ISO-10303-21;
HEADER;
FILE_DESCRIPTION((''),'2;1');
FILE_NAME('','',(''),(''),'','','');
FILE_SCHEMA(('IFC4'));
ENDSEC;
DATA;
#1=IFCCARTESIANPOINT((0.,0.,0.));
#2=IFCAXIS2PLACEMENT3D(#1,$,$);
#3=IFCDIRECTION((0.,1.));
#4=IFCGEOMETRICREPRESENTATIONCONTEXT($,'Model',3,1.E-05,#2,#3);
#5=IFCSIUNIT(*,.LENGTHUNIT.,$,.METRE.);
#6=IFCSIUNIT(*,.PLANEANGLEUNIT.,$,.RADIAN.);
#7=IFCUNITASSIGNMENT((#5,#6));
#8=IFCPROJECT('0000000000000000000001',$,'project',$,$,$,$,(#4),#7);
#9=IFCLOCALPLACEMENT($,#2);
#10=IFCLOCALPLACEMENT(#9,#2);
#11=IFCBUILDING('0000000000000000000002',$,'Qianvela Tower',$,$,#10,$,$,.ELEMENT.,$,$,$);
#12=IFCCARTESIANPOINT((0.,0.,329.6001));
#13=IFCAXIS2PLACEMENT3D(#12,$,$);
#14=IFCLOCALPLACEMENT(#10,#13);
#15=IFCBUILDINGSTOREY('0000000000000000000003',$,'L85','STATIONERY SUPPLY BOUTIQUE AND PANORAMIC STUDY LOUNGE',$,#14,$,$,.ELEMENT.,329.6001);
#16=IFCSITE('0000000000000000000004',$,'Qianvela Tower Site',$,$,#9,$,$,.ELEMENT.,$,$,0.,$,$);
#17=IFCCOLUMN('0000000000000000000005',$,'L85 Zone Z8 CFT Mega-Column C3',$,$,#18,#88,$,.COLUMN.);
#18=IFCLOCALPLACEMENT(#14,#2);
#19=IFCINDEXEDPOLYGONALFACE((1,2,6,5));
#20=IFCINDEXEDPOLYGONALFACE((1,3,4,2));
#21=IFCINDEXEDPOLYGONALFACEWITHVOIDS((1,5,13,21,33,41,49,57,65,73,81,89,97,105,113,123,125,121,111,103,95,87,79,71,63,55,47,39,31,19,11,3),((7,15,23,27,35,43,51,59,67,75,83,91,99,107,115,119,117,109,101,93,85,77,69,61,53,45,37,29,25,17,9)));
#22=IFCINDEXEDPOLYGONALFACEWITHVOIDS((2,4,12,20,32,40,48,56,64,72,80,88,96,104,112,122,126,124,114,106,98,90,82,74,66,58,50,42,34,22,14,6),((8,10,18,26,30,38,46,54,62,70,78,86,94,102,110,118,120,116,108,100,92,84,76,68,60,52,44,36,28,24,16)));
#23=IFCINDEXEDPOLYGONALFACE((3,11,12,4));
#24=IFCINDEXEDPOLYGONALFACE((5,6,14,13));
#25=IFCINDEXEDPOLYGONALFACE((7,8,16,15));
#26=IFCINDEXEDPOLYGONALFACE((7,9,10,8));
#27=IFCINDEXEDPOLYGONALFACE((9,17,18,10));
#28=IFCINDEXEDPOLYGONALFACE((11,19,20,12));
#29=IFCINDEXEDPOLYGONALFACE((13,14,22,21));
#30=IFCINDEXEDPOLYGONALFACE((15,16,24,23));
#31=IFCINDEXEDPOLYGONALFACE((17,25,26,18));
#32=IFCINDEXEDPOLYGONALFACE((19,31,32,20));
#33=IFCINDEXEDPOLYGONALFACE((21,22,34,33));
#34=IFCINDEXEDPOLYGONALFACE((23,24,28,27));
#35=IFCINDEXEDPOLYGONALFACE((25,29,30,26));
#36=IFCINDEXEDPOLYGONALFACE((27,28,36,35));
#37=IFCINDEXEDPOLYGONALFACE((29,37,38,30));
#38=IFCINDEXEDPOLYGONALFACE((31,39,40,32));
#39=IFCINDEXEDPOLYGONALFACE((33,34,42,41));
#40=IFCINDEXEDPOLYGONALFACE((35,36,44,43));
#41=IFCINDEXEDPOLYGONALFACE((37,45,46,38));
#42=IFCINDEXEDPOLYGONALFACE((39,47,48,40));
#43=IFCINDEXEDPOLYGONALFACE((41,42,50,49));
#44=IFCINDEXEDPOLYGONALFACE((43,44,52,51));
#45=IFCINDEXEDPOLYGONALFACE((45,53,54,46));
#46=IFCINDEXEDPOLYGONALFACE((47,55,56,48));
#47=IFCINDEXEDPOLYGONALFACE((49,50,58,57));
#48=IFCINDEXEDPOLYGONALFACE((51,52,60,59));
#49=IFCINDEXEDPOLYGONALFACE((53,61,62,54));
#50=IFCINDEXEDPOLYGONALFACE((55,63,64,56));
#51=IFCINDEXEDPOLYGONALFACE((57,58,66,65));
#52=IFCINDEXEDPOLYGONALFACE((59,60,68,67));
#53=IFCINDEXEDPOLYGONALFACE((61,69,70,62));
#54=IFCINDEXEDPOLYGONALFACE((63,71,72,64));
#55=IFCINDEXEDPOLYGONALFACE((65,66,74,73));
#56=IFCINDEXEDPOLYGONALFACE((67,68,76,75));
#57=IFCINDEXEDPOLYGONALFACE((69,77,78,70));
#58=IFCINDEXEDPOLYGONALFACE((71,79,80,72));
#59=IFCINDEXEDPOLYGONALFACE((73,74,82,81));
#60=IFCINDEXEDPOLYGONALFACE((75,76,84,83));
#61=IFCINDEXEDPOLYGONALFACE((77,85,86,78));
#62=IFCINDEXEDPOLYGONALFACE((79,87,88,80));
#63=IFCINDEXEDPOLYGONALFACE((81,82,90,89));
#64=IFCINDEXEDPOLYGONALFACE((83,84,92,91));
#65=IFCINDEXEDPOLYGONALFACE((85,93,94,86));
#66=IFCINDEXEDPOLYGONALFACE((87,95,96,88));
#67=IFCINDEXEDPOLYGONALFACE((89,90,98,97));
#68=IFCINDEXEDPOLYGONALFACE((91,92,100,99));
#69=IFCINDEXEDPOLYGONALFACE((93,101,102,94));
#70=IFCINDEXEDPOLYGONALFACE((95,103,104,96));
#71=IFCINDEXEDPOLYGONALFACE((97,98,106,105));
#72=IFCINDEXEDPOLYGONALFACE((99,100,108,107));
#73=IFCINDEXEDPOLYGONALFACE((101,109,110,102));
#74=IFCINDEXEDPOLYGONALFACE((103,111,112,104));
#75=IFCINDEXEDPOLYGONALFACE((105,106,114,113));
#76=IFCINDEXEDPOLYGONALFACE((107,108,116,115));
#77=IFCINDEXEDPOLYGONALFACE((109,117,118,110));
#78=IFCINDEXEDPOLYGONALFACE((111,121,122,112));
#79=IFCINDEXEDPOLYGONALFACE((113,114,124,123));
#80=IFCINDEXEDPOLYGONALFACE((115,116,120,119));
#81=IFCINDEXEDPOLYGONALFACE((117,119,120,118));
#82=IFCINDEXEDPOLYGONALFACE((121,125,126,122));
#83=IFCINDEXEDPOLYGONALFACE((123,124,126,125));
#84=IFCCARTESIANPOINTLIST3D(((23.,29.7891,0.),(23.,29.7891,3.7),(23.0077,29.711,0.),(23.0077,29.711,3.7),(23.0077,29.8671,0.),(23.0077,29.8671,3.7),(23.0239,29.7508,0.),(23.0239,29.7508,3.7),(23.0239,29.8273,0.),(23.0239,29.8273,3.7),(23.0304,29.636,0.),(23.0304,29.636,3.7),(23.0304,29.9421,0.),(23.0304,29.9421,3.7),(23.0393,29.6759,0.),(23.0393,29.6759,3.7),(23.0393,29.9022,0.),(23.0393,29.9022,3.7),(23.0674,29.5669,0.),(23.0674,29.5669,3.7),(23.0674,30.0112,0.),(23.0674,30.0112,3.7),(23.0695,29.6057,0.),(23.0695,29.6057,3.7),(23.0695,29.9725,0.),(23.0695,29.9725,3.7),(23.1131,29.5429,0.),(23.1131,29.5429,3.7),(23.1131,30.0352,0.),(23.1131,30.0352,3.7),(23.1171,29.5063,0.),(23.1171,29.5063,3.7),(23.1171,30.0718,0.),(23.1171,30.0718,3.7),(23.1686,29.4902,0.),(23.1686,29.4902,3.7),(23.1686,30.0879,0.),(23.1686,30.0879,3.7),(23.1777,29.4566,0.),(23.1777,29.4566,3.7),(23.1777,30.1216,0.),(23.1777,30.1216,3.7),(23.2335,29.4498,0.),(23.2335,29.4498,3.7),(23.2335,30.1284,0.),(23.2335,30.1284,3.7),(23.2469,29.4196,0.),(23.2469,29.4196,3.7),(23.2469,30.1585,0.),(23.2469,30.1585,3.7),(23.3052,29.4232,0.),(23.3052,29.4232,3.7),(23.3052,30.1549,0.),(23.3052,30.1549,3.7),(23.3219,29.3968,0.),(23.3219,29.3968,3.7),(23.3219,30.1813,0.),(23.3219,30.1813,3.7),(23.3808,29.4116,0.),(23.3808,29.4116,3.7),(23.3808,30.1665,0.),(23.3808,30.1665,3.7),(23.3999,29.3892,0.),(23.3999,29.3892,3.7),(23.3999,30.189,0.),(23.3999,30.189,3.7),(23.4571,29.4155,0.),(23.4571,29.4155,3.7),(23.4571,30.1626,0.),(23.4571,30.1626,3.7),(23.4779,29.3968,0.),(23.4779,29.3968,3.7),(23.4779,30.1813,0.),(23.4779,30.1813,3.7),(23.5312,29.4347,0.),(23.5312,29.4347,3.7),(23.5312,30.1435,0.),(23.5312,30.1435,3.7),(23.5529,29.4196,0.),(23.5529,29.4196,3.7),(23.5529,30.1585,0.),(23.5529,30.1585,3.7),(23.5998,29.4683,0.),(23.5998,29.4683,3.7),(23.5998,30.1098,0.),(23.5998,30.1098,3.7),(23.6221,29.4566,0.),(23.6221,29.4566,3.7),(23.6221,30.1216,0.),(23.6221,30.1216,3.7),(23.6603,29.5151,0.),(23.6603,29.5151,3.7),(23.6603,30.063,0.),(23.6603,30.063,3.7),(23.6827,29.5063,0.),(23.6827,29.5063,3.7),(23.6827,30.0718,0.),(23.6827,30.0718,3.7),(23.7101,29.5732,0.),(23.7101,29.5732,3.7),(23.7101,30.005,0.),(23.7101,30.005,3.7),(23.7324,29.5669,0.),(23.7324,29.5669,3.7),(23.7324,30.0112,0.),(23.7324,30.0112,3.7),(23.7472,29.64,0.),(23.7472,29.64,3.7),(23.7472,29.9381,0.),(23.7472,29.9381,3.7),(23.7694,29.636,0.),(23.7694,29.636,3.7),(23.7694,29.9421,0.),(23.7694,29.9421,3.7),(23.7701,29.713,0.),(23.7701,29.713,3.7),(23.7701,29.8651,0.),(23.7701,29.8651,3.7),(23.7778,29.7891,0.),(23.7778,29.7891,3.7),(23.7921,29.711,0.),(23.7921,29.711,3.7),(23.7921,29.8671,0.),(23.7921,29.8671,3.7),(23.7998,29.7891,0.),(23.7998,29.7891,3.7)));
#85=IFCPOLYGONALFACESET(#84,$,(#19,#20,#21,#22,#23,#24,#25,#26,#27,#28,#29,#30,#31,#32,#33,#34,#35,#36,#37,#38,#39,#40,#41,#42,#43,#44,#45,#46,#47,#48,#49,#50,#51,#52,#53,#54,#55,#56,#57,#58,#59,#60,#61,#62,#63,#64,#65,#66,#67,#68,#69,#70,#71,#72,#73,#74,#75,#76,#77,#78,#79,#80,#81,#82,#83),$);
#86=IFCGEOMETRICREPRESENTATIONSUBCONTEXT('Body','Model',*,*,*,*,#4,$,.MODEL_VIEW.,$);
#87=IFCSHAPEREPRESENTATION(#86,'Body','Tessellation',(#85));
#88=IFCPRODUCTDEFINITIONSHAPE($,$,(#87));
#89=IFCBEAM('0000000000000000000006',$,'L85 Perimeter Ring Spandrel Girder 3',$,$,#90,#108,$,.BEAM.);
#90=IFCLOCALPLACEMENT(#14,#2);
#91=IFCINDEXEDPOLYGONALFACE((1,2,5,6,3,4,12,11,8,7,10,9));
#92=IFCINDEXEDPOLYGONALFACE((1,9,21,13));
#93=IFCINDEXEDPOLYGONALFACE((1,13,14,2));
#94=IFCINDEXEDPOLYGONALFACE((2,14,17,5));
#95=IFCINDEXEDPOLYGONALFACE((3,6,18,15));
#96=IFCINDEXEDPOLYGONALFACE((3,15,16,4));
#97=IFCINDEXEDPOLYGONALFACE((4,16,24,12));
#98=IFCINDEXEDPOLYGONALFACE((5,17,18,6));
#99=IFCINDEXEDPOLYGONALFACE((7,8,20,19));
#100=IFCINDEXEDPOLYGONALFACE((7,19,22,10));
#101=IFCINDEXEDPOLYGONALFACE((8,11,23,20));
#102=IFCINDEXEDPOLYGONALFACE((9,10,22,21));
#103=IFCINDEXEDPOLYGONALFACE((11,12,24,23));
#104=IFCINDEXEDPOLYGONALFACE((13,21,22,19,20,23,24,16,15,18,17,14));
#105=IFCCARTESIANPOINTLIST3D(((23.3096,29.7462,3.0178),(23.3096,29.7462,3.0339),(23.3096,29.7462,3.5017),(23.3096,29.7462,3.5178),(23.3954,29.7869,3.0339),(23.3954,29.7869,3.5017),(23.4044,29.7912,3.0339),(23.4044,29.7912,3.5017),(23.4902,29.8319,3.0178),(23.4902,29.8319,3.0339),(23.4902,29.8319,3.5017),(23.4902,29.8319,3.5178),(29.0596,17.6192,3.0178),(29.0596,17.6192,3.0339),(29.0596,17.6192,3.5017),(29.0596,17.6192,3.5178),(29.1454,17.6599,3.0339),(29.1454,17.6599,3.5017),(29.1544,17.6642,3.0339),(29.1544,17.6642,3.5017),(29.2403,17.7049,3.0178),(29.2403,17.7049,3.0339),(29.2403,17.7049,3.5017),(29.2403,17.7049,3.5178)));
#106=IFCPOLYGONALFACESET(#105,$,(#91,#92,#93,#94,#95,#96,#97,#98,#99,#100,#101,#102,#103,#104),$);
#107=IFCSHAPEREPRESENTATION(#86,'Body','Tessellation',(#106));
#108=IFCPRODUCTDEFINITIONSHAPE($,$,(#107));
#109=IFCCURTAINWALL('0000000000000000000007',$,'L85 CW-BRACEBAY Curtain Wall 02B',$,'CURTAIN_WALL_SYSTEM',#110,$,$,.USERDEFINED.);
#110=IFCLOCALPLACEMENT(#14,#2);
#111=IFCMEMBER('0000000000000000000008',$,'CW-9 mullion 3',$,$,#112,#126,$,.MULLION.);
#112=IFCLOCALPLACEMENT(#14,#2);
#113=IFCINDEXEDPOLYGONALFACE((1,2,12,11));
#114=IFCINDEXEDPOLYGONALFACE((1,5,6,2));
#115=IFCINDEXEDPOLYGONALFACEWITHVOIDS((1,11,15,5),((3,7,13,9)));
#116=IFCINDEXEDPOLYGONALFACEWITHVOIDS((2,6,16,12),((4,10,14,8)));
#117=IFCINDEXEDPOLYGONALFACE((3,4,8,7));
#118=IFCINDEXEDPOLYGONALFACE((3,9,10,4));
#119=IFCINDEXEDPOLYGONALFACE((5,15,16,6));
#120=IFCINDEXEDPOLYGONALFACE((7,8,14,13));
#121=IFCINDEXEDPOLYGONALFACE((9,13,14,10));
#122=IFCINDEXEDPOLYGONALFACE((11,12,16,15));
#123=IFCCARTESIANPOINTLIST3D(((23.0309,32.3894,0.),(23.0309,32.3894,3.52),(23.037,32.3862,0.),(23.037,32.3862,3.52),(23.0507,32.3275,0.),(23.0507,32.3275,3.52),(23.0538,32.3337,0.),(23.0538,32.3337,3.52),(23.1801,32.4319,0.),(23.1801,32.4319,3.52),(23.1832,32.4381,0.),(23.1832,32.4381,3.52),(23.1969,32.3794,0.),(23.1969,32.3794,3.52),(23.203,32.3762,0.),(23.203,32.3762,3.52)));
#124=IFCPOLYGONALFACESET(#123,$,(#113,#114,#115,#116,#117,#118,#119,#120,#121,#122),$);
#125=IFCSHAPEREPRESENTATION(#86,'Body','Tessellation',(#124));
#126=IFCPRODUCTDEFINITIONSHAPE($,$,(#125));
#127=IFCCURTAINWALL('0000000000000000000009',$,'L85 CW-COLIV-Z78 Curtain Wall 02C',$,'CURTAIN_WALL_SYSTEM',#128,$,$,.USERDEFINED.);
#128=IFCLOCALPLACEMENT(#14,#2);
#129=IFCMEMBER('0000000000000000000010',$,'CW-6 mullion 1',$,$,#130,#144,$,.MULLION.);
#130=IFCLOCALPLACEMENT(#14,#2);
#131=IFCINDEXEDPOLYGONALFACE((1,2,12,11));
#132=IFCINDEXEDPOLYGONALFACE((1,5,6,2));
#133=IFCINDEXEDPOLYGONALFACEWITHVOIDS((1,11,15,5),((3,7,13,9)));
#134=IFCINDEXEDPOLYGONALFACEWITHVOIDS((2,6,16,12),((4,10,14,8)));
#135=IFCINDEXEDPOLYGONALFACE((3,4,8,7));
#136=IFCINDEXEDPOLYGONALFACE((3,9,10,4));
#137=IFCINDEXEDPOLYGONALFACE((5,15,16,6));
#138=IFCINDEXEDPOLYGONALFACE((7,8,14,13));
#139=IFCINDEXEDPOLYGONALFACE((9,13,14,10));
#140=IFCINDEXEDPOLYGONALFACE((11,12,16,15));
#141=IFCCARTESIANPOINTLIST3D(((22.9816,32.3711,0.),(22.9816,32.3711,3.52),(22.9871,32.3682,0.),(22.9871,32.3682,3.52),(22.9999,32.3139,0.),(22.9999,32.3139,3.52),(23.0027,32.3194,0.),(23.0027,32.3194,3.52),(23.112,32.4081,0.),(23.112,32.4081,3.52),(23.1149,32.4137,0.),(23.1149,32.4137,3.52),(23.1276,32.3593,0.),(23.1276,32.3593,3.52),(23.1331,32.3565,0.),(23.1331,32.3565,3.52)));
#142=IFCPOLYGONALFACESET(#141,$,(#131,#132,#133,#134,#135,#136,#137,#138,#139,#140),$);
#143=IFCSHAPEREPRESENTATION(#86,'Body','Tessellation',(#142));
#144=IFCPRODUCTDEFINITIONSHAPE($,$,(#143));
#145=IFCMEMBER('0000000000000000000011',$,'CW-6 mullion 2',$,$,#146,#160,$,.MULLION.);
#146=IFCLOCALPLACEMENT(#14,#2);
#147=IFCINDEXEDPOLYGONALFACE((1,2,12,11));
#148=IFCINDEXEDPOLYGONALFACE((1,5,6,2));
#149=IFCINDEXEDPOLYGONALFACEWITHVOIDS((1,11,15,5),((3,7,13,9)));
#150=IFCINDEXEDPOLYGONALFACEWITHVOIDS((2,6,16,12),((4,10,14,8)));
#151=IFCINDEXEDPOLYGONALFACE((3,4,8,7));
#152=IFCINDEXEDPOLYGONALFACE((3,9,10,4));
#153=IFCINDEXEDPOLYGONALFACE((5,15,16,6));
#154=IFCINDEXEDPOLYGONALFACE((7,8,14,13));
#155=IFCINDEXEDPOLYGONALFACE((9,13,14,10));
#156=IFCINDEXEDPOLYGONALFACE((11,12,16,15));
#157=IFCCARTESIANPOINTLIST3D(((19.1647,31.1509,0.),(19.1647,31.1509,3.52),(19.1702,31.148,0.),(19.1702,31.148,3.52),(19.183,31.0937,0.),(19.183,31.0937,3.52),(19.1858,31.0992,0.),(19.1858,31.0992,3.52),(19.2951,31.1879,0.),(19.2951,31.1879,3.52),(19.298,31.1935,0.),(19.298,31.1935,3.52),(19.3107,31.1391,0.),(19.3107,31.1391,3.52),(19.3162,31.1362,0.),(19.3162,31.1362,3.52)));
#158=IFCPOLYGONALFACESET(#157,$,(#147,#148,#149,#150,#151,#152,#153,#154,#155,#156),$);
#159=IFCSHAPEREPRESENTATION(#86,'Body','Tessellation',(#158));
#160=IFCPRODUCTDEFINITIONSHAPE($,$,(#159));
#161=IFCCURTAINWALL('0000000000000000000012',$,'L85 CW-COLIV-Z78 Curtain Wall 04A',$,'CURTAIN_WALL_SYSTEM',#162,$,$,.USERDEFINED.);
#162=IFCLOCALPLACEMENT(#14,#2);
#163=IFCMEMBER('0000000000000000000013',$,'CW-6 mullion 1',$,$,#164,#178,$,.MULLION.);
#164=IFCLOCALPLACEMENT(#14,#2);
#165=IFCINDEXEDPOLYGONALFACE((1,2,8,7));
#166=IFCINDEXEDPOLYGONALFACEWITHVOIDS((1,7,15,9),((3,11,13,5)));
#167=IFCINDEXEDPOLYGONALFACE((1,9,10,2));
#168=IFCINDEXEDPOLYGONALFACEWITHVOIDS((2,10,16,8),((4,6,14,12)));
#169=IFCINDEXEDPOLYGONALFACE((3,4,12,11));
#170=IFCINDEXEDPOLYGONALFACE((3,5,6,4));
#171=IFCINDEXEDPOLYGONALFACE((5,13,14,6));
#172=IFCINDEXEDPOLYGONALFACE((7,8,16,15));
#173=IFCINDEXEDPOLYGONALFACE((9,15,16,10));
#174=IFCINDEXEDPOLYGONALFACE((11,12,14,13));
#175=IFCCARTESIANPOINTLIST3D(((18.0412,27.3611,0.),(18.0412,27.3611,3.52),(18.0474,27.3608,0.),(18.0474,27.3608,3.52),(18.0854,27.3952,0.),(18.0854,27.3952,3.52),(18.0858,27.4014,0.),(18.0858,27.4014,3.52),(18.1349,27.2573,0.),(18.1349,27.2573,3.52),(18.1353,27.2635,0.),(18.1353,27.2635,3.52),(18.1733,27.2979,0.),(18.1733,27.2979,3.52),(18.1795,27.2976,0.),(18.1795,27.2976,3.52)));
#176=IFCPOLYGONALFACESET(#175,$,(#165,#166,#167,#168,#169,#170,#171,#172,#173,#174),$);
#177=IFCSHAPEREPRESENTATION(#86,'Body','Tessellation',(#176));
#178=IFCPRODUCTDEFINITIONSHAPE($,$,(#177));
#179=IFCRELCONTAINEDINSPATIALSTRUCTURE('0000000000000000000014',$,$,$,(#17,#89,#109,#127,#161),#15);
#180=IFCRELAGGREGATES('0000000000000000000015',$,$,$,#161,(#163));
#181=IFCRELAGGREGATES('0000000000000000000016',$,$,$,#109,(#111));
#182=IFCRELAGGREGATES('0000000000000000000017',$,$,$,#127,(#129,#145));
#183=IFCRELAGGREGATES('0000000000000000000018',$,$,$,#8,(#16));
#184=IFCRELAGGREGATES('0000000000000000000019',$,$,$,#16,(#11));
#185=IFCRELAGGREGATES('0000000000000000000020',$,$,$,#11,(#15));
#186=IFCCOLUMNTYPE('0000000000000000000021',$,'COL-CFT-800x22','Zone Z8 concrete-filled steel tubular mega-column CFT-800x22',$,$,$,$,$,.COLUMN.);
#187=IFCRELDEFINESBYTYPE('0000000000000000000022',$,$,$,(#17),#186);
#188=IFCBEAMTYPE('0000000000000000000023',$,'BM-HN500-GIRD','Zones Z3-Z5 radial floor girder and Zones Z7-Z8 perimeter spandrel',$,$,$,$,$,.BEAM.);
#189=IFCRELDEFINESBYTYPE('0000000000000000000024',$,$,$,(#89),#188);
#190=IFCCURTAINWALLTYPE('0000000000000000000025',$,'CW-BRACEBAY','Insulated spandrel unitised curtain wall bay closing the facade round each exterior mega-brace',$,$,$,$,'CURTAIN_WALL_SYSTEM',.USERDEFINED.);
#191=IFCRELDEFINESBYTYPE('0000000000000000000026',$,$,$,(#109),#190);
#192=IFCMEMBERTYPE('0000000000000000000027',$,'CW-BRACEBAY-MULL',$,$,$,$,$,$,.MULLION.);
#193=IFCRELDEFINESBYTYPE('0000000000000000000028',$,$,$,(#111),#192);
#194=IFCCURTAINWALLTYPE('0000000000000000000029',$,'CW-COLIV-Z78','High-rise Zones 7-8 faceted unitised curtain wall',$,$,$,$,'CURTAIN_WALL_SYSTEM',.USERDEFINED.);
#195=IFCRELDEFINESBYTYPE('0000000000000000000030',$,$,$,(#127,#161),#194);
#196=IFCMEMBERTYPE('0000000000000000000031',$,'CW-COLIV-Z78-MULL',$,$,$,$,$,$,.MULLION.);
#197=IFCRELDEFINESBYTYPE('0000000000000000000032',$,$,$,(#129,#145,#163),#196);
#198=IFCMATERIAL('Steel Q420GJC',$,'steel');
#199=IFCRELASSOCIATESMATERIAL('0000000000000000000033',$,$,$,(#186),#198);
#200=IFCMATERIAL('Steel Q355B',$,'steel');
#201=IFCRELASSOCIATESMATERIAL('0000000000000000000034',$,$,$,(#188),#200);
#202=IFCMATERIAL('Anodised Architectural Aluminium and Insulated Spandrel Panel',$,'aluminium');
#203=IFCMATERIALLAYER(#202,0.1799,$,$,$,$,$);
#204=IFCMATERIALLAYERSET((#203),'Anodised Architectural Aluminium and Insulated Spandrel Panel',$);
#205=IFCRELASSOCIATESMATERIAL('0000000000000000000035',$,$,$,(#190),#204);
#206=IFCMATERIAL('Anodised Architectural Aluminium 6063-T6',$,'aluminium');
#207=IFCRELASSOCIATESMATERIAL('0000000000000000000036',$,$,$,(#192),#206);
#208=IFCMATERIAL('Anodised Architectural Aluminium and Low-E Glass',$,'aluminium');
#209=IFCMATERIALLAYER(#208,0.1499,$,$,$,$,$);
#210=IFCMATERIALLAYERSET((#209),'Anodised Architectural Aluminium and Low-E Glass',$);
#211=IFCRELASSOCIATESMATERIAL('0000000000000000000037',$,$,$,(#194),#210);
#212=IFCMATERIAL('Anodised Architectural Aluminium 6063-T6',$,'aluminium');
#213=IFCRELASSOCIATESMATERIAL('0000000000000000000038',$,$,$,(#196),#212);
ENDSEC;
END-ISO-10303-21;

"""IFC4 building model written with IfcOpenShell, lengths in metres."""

from ifc_helpers import new_model, si_unit, direction, frame, origin, origin_2d, place, context, subcontext, project, spatial, hollow_rectangle, hollow_circle, i_section, extrude, material, layer, layer_set, material_profile, profile_set, type_object, element, aggregate, save


model = new_model("IFC4")

# Units and contexts
model_context = context("Model", 3, precision=1e-05, world=origin(), true_north=direction((0.0, 1.0)))
body_context = subcontext(model_context, "Body", "Model", "MODEL_VIEW")
ifc_project = project(units=[si_unit("LENGTHUNIT", "METRE"), si_unit("PLANEANGLEUNIT", "RADIAN")], contexts=[model_context])

# Site, building, storey
site_placement = place(None, origin())
site = spatial("IfcSite", under=ifc_project, at=site_placement, Name="Qianvela Tower Site", CompositionType="ELEMENT", RefElevation=0.0)
building_placement = place(site_placement, origin())
building = spatial("IfcBuilding", under=site, at=building_placement, Name="Qianvela Tower", CompositionType="ELEMENT")
storey_placement = place(building_placement, frame((0.0, 0.0, 329.6001)))
storey = spatial("IfcBuildingStorey", under=building, at=storey_placement, Name="L85", Description="STATIONERY SUPPLY BOUTIQUE AND PANORAMIC STUDY LOUNGE", CompositionType="ELEMENT", Elevation=329.6001)

# Column
ifc_material_1 = material(Name="Steel Q420GJC", Category="steel")
ifc_material_profile_1 = material_profile(ifc_material_1, hollow_circle(Radius=0.3999, WallThickness=0.022, at=origin_2d()), Name="CFT-800x22")
ifc_profile_set_1 = profile_set([ifc_material_profile_1], Name="Steel Q420GJC")
column_type = type_object("IfcColumnType", Name="COL-CFT-800x22", Description="Zone Z8 concrete-filled steel tubular mega-column CFT-800x22", PredefinedType="COLUMN", material=ifc_profile_set_1)
column_placement = place(storey_placement, frame((23.3999, 29.7891, 0.0), z_axis=(0.0, 0.0, 1.0), x_axis=(1.0, 0.0, 0.0)))
element("IfcColumn", 1, at=column_placement, inside=storey, type_object=column_type, Name="L85 Zone Z8 CFT Mega-Column C3", PredefinedType="COLUMN", context=body_context, shape_type="SweptSolid", body=[
    extrude(hollow_circle(Radius=0.3999, WallThickness=0.022, at=origin_2d()), origin(), (0.0, 0.0, 1.0), 3.7),
])

# Beam
ifc_material_2 = material(Name="Steel Q355B", Category="steel")
ifc_material_profile_2 = material_profile(ifc_material_2, i_section(OverallWidth=0.2, OverallDepth=0.5, WebThickness=0.01, FlangeThickness=0.0161, at=origin_2d()), Name="HN500x200x10x16")
ifc_profile_set_2 = profile_set([ifc_material_profile_2], Name="Steel Q355B")
beam_type = type_object("IfcBeamType", Name="BM-HN500-GIRD", Description="Zones Z3-Z5 radial floor girder and Zones Z7-Z8 perimeter spandrel", PredefinedType="BEAM", material=ifc_profile_set_2)
beam_placement = place(storey_placement, frame((23.3999, 29.7891, 3.2678), z_axis=(0.42843, -0.903575, 0.0), x_axis=(0.903575, 0.42843, 0.0)))
element("IfcBeam", 2, at=beam_placement, inside=storey, type_object=beam_type, Name="L85 Perimeter Ring Spandrel Girder 3", PredefinedType="BEAM", context=body_context, shape_type="SweptSolid", body=[
    extrude(i_section(OverallWidth=0.2, OverallDepth=0.5, WebThickness=0.01, FlangeThickness=0.0161, at=origin_2d()), origin(), (0.0, 0.0, 1.0), 13.4211),
])

# Curtain wall, member
ifc_material_3 = material(Name="Anodised Architectural Aluminium and Insulated Spandrel Panel", Category="aluminium")
ifc_layer_1 = layer(ifc_material_3, 0.1799)
ifc_layer_set_1 = layer_set([ifc_layer_1], Name="Anodised Architectural Aluminium and Insulated Spandrel Panel")
curtain_wall_type_1 = type_object("IfcCurtainWallType", Name="CW-BRACEBAY", Description="Insulated spandrel unitised curtain wall bay closing the facade round each exterior mega-brace", ElementType="CURTAIN_WALL_SYSTEM", PredefinedType="USERDEFINED", material=ifc_layer_set_1)
curtain_wall_1_placement = place(storey_placement, origin())
curtain_wall_1 = element("IfcCurtainWall", 3, at=curtain_wall_1_placement, inside=storey, type_object=curtain_wall_type_1, Name="L85 CW-BRACEBAY Curtain Wall 02B", ObjectType="CURTAIN_WALL_SYSTEM", PredefinedType="USERDEFINED")
ifc_material_4 = material(Name="Anodised Architectural Aluminium 6063-T6", Category="aluminium")
ifc_material_profile_3 = material_profile(ifc_material_4, hollow_rectangle(XDim=0.0649, YDim=0.1599, WallThickness=0.0049, at=origin_2d()), Name="ALU-MULL-65x160")
ifc_profile_set_3 = profile_set([ifc_material_profile_3], Name="Anodised Architectural Aluminium 6063-T6")
member_type_1 = type_object("IfcMemberType", Name="CW-BRACEBAY-MULL", PredefinedType="MULLION", material=ifc_profile_set_3)
member_1_placement = place(storey_placement, frame((23.1169, 32.3828, 0.0), z_axis=(0.0, 0.0, 1.0), x_axis=(0.304483, -0.952518, 0.0)))
member_1 = element("IfcMember", 4, at=member_1_placement, type_object=member_type_1, Name="CW-9 mullion 3", PredefinedType="MULLION", context=body_context, shape_type="SweptSolid", body=[
    extrude(hollow_rectangle(XDim=0.0649, YDim=0.1599, WallThickness=0.0049, at=origin_2d()), origin(), (0.0, 0.0, 1.0), 3.52),
])

# Curtain wall, members
ifc_material_5 = material(Name="Anodised Architectural Aluminium and Low-E Glass", Category="aluminium")
ifc_layer_2 = layer(ifc_material_5, 0.1499)
ifc_layer_set_2 = layer_set([ifc_layer_2], Name="Anodised Architectural Aluminium and Low-E Glass")
curtain_wall_type_2 = type_object("IfcCurtainWallType", Name="CW-COLIV-Z78", Description="High-rise Zones 7-8 faceted unitised curtain wall", ElementType="CURTAIN_WALL_SYSTEM", PredefinedType="USERDEFINED", material=ifc_layer_set_2)
curtain_wall_2_placement = place(storey_placement, origin())
curtain_wall_2 = element("IfcCurtainWall", 5, at=curtain_wall_2_placement, inside=storey, type_object=curtain_wall_type_2, Name="L85 CW-COLIV-Z78 Curtain Wall 02C", ObjectType="CURTAIN_WALL_SYSTEM", PredefinedType="USERDEFINED")
ifc_material_6 = material(Name="Anodised Architectural Aluminium 6063-T6", Category="aluminium")
ifc_material_profile_4 = material_profile(ifc_material_6, hollow_rectangle(XDim=0.0601, YDim=0.1399, WallThickness=0.0044, at=origin_2d()), Name="ALU-MULL-60x140")
ifc_profile_set_4 = profile_set([ifc_material_profile_4], Name="Anodised Architectural Aluminium 6063-T6")
member_type_2 = type_object("IfcMemberType", Name="CW-COLIV-Z78-MULL", PredefinedType="MULLION", material=ifc_profile_set_4)
member_2_placement = place(storey_placement, frame((23.0574, 32.3638, 0.0), z_axis=(0.0, 0.0, 1.0), x_axis=(0.304476, -0.95252, 0.0)))
member_2 = element("IfcMember", 6, at=member_2_placement, type_object=member_type_2, Name="CW-6 mullion 1", PredefinedType="MULLION", context=body_context, shape_type="SweptSolid", body=[
    extrude(hollow_rectangle(XDim=0.0601, YDim=0.1399, WallThickness=0.0044, at=origin_2d()), origin(), (0.0, 0.0, 1.0), 3.52),
])
member_3_placement = place(storey_placement, frame((19.2405, 31.1436, 0.0), z_axis=(0.0, 0.0, 1.0), x_axis=(0.304476, -0.95252, 0.0)))
member_3 = element("IfcMember", 7, at=member_3_placement, type_object=member_type_2, Name="CW-6 mullion 2", PredefinedType="MULLION", context=body_context, shape_type="SweptSolid", body=[
    extrude(hollow_rectangle(XDim=0.0601, YDim=0.1399, WallThickness=0.0044, at=origin_2d()), origin(), (0.0, 0.0, 1.0), 3.52),
])

# Curtain wall, member
curtain_wall_3_placement = place(storey_placement, origin())
curtain_wall_3 = element("IfcCurtainWall", 8, at=curtain_wall_3_placement, inside=storey, type_object=curtain_wall_type_2, Name="L85 CW-COLIV-Z78 Curtain Wall 04A", ObjectType="CURTAIN_WALL_SYSTEM", PredefinedType="USERDEFINED")
member_4_placement = place(storey_placement, frame((18.1104, 27.3293, 0.0), z_axis=(0.0, 0.0, 1.0), x_axis=(0.742211, 0.670166, 0.0)))
member_4 = element("IfcMember", 9, at=member_4_placement, type_object=member_type_2, Name="CW-6 mullion 1", PredefinedType="MULLION", context=body_context, shape_type="SweptSolid", body=[
    extrude(hollow_rectangle(XDim=0.0601, YDim=0.1399, WallThickness=0.0044, at=origin_2d()), origin(), (0.0, 0.0, 1.0), 3.52),
])

aggregate(curtain_wall_3, [member_4])

aggregate(curtain_wall_1, [member_1])
aggregate(curtain_wall_2, [member_2, member_3])

save(model, "model.ifc")
